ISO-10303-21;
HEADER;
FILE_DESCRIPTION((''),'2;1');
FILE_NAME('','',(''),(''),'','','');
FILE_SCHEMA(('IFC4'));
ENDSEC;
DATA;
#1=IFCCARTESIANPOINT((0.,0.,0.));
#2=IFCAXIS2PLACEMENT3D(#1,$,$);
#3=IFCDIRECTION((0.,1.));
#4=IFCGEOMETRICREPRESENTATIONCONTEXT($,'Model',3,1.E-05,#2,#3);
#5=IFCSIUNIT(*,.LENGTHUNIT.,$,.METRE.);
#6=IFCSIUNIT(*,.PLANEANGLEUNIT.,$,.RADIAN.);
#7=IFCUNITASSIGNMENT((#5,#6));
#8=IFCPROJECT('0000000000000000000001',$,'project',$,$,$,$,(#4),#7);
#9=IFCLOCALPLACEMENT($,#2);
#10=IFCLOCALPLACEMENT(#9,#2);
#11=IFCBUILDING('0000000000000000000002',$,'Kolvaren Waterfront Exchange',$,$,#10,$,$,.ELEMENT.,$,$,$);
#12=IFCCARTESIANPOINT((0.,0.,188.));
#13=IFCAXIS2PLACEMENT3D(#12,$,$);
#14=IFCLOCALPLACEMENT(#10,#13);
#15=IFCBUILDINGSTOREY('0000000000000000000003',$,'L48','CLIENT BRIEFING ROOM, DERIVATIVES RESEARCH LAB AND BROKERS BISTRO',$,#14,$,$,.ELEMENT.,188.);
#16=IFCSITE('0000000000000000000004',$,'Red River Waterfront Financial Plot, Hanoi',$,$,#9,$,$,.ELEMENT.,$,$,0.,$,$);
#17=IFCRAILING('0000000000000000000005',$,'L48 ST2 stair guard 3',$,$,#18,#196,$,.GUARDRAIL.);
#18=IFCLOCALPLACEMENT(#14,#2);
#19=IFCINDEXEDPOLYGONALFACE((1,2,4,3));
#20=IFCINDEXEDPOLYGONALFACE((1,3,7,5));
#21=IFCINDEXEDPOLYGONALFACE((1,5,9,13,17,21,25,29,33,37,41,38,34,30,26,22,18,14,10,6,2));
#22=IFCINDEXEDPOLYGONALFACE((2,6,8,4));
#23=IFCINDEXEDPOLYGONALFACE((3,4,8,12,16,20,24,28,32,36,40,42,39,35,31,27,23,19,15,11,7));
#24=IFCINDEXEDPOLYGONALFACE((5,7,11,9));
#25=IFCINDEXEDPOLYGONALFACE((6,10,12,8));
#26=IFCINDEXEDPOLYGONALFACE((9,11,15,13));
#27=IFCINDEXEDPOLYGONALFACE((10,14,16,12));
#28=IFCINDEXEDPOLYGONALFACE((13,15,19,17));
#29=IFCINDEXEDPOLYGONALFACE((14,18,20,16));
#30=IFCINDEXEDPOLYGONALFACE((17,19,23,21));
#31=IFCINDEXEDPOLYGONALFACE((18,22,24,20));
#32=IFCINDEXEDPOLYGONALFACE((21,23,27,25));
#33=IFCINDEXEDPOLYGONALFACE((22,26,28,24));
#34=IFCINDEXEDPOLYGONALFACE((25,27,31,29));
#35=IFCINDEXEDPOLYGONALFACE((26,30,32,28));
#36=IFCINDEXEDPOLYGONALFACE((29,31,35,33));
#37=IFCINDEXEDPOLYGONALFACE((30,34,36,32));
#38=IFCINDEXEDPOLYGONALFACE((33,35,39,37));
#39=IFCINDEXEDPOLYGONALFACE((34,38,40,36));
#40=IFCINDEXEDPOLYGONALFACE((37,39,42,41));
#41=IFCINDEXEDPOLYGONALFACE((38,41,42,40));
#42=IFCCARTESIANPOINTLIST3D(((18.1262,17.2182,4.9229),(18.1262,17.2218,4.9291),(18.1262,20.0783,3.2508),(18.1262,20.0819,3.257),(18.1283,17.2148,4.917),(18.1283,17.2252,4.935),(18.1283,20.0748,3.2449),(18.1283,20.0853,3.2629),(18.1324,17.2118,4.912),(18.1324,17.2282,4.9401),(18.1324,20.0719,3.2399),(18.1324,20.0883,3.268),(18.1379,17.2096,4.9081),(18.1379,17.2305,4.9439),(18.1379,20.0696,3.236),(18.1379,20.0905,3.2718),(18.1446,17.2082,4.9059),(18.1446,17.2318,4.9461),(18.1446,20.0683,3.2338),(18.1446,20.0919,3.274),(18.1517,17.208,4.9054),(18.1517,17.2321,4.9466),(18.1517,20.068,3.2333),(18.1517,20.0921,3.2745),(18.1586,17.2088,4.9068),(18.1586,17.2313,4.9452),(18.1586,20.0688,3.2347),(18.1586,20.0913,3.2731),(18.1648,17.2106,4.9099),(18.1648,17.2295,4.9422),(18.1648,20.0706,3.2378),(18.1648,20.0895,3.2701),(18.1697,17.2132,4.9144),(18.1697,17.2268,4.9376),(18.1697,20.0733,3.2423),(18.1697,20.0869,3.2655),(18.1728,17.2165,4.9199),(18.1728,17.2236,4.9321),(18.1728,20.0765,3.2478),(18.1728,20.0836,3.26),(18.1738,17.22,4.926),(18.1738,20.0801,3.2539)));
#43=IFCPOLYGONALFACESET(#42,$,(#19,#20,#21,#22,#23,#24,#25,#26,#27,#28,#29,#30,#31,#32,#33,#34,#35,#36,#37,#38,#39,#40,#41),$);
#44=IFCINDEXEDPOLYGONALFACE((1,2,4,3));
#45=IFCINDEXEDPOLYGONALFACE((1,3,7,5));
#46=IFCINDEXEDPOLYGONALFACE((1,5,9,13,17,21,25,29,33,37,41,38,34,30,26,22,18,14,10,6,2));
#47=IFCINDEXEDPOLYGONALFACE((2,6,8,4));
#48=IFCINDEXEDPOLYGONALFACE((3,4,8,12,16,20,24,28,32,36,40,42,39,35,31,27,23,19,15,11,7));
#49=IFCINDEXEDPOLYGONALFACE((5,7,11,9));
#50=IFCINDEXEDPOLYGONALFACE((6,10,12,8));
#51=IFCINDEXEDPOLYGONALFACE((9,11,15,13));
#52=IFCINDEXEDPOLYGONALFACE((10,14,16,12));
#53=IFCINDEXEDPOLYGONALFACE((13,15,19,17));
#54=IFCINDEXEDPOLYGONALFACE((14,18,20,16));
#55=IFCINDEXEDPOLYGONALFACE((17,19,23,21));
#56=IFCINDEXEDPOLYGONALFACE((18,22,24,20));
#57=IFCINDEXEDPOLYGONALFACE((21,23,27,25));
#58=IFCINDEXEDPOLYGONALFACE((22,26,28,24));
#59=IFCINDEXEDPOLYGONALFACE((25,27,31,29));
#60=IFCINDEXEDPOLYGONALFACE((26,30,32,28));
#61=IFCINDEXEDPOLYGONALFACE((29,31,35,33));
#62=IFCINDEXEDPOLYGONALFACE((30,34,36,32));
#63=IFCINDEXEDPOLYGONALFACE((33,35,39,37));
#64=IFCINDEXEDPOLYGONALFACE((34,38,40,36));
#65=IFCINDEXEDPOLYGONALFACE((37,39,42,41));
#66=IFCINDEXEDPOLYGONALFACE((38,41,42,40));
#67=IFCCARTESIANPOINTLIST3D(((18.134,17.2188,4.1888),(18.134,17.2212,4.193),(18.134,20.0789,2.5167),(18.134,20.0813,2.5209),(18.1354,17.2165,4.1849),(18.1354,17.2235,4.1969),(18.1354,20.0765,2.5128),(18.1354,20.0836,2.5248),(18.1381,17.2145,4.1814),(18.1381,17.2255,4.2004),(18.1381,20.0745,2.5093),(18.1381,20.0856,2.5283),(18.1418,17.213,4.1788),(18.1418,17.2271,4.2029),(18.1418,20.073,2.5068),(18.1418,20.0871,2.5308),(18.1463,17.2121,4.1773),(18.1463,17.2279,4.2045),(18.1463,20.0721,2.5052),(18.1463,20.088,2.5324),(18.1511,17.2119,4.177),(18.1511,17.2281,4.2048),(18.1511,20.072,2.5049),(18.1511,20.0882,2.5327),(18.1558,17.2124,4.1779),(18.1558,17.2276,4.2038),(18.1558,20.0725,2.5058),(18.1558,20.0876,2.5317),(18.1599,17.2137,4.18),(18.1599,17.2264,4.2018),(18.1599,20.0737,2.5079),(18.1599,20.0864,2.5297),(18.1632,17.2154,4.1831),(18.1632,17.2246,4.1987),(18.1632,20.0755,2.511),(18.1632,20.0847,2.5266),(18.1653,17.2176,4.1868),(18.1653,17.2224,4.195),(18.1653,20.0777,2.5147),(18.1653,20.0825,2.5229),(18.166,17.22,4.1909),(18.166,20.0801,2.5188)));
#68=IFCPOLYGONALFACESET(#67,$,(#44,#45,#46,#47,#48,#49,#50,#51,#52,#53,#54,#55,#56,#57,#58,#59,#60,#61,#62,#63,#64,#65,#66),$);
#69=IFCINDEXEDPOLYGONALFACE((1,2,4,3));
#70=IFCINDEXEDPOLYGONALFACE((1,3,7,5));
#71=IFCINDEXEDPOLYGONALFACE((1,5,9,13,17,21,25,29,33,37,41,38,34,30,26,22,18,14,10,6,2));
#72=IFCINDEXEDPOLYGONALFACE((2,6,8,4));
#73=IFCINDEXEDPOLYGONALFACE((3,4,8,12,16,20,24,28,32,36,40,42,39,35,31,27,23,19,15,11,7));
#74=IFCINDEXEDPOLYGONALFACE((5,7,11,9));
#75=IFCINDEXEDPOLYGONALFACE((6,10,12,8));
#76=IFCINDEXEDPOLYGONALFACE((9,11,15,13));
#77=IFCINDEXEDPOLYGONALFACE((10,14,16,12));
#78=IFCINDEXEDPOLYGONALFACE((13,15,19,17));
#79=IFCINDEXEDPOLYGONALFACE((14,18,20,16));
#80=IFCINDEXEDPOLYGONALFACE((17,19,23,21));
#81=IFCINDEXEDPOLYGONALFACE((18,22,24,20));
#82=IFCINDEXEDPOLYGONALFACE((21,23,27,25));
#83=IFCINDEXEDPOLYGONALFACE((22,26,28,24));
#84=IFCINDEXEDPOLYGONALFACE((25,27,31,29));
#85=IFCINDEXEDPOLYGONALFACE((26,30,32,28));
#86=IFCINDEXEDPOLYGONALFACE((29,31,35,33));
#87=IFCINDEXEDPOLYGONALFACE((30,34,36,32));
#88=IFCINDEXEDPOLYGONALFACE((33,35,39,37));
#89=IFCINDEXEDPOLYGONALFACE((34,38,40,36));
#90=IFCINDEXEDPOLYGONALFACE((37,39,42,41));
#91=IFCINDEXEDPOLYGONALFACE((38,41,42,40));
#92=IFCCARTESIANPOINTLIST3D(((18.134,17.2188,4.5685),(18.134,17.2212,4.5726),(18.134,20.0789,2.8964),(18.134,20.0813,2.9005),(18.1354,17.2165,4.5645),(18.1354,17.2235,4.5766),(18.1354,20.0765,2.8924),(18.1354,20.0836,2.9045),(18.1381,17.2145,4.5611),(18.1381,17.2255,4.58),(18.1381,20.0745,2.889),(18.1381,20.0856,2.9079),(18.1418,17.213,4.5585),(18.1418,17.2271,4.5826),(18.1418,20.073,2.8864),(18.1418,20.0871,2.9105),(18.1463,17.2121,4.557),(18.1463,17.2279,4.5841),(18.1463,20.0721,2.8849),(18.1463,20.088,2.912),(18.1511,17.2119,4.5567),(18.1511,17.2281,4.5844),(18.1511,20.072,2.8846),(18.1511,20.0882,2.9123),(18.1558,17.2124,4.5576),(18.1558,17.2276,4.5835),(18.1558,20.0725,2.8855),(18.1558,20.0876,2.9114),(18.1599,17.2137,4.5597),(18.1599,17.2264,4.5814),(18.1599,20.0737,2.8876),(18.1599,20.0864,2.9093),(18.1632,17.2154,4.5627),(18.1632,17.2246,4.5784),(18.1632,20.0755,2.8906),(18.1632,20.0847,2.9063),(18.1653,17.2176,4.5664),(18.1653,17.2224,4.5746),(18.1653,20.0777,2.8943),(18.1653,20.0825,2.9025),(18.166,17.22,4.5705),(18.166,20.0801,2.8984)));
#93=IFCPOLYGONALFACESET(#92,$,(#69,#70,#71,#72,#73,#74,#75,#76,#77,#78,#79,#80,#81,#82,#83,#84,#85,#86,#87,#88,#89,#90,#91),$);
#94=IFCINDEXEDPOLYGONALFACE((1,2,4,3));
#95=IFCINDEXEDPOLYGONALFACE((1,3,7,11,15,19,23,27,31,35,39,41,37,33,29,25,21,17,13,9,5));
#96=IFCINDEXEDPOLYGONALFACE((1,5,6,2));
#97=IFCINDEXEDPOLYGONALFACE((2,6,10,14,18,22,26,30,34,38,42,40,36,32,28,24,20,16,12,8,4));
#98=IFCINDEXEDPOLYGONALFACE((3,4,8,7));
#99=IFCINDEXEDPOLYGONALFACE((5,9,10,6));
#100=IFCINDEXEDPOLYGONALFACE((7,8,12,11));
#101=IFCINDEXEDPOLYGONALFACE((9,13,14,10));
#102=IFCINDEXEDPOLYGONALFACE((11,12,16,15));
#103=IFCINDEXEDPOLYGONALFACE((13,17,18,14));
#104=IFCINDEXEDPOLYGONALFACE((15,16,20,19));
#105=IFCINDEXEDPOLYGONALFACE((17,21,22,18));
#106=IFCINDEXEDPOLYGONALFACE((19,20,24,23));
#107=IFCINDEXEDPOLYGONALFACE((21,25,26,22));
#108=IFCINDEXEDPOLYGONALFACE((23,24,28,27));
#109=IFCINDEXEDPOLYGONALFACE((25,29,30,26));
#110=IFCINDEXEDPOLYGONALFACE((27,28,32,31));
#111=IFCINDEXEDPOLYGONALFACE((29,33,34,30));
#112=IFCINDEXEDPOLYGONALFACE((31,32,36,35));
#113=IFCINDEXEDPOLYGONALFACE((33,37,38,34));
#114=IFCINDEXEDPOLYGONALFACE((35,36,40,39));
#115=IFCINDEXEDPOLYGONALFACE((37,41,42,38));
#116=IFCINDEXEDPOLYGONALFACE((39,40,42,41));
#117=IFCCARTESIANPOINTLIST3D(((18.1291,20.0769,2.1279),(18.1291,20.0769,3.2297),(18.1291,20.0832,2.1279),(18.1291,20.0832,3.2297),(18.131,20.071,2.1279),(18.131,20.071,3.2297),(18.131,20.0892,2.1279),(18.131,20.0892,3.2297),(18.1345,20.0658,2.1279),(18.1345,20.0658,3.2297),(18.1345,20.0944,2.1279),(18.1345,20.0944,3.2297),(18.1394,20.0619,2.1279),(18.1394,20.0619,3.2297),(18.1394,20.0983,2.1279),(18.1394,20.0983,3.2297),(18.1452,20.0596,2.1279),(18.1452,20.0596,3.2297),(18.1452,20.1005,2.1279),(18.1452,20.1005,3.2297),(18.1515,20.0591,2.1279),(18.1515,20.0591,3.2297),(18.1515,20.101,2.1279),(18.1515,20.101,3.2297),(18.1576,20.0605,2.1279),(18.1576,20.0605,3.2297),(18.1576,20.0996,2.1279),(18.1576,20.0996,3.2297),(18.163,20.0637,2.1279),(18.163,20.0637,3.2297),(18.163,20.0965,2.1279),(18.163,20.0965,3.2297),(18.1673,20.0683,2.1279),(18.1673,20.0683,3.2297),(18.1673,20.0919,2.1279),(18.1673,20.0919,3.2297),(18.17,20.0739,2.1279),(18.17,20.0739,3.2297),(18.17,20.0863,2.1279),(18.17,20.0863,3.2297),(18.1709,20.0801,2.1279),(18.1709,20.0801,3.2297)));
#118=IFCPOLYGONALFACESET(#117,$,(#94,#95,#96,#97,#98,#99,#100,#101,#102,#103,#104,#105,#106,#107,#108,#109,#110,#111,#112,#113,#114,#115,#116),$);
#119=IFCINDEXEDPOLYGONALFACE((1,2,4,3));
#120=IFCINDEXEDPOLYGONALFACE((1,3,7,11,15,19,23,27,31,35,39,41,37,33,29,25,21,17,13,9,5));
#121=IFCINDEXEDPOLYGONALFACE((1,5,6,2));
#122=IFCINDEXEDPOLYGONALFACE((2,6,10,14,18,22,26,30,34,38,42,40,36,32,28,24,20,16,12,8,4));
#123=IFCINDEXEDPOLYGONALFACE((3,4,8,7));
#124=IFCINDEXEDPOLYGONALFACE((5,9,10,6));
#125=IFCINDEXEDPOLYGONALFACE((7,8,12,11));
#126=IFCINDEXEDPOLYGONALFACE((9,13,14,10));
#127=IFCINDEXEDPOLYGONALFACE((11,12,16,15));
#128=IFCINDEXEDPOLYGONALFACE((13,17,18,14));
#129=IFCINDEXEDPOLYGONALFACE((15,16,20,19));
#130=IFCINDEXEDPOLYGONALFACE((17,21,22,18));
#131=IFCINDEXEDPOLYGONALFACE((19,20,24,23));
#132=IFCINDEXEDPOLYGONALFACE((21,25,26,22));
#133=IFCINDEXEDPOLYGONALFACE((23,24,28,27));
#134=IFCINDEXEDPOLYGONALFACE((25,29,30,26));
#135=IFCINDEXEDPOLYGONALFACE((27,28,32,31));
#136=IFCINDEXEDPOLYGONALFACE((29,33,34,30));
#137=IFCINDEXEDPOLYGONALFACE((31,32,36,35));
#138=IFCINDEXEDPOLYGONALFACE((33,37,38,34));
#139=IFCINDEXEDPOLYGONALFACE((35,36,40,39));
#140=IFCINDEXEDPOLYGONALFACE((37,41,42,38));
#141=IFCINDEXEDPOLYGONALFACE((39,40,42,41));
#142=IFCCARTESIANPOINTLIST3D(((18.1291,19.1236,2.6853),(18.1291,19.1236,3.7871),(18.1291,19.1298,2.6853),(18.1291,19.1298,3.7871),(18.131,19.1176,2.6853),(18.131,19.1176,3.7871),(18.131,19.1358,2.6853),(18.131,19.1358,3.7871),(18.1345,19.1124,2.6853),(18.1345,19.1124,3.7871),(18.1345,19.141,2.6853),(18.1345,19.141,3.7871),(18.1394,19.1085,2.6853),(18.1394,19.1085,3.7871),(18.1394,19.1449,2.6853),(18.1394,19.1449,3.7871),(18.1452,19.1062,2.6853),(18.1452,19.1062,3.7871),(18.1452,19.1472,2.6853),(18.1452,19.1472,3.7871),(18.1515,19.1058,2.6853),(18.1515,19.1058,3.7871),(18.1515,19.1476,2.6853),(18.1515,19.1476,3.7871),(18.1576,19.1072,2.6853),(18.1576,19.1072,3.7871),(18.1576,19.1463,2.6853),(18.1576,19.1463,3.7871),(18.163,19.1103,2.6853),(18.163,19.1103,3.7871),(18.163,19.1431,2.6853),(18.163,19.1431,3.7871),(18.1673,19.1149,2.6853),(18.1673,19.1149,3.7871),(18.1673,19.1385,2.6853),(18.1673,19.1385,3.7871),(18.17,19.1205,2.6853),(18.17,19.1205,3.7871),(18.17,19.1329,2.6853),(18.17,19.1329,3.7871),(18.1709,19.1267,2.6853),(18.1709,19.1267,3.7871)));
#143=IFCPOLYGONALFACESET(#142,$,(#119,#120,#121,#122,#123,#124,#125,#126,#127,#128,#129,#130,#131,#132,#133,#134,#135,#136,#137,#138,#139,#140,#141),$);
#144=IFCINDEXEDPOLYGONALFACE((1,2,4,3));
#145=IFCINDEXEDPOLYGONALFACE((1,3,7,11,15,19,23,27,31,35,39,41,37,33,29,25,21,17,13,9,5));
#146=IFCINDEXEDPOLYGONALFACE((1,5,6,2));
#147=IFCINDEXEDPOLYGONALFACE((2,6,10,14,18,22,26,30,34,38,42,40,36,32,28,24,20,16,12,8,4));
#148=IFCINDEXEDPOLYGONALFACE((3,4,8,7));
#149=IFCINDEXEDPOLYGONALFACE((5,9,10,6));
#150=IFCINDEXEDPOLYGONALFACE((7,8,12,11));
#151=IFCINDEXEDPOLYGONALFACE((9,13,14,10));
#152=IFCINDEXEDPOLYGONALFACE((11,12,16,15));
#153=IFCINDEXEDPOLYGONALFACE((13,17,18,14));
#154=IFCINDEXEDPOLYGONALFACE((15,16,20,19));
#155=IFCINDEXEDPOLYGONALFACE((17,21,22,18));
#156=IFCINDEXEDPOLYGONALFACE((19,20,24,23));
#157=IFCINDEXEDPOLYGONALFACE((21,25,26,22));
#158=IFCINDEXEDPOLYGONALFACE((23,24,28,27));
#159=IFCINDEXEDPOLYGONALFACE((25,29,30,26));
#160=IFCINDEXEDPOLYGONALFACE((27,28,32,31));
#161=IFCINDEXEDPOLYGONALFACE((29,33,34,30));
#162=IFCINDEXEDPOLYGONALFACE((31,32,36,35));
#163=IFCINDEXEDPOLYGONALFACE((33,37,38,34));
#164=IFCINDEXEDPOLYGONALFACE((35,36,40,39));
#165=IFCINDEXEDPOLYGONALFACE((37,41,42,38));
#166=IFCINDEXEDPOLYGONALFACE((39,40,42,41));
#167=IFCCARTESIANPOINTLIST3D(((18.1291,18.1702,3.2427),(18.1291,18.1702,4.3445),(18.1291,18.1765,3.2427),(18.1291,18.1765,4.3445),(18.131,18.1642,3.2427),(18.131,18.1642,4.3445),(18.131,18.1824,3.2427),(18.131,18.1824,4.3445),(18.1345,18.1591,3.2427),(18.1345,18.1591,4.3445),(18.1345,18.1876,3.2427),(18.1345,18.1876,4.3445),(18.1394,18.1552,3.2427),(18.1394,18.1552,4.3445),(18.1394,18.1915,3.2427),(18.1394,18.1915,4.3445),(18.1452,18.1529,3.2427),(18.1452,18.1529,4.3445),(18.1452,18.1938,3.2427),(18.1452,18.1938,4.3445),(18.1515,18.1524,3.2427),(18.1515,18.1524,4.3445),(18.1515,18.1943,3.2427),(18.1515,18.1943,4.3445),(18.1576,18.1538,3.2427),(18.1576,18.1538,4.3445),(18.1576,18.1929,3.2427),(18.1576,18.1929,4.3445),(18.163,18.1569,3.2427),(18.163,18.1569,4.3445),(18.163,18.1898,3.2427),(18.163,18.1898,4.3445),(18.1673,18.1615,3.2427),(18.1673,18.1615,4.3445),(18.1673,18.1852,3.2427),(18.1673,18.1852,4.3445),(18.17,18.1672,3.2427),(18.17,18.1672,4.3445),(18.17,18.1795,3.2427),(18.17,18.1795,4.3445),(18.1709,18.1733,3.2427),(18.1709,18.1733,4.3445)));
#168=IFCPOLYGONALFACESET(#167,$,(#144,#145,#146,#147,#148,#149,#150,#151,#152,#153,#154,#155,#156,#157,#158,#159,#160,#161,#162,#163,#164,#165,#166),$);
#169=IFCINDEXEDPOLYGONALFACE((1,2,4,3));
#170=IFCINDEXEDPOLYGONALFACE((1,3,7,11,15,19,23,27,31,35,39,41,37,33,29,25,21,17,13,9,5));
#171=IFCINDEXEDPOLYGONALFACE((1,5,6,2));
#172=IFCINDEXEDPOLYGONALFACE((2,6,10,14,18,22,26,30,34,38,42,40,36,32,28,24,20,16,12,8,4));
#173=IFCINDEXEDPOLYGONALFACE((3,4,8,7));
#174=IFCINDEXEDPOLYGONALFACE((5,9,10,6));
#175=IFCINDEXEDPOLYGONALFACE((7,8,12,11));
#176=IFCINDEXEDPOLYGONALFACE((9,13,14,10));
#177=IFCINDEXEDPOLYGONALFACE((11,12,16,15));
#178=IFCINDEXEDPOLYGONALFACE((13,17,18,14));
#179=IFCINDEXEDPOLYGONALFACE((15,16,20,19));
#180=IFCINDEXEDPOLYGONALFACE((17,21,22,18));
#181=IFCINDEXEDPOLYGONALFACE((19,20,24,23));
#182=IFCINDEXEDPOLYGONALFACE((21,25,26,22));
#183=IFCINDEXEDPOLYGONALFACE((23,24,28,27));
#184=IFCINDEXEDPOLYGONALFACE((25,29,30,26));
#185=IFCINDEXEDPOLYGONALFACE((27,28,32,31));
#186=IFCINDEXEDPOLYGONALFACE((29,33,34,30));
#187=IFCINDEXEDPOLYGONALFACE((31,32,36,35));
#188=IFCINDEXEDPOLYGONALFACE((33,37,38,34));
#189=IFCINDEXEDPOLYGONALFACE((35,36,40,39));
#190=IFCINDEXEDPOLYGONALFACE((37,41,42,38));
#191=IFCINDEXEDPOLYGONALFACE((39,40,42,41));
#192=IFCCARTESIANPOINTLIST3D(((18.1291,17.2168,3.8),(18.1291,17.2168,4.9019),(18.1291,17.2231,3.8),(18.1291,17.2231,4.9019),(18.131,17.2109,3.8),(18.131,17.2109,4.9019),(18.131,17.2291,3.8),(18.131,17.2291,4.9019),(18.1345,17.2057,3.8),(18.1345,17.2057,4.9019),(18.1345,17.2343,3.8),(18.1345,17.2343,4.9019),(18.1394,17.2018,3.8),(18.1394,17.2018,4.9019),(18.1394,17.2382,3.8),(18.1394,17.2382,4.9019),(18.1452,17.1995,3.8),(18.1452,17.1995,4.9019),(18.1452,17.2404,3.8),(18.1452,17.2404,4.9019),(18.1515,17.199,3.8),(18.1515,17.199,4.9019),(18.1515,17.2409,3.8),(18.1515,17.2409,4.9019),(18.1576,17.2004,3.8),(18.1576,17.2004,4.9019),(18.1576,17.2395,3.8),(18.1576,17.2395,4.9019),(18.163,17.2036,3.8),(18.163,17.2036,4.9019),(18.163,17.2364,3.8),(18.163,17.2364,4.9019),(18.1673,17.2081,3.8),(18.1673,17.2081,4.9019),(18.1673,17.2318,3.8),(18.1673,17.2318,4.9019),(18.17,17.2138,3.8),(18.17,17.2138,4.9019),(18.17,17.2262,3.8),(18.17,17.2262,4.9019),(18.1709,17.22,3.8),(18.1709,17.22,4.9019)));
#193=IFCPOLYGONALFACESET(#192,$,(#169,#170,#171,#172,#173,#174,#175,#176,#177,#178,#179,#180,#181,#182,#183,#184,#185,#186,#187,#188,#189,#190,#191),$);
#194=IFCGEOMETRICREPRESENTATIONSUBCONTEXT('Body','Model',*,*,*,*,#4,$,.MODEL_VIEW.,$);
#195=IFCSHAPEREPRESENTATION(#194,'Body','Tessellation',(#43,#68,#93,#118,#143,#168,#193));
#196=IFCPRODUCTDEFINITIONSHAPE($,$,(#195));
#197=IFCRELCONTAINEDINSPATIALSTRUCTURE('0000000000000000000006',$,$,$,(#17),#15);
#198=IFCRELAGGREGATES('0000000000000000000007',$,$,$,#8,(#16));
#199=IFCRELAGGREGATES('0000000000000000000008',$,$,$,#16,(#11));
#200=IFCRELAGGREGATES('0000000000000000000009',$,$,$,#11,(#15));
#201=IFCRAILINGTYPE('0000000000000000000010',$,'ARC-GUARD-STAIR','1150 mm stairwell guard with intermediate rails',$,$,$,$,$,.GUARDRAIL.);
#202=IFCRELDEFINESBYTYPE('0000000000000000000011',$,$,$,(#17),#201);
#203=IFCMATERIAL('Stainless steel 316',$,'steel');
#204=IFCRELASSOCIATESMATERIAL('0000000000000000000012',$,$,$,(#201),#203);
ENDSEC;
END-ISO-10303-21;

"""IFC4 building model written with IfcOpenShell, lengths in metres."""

from ifc_helpers import new_model, si_unit, direction, frame, origin, origin_2d, place, context, subcontext, project, spatial, circle, extrude, material, type_object, element, save


model = new_model("IFC4")

# Units and contexts
model_context = context("Model", 3, precision=1e-05, world=origin(), true_north=direction((0.0, 1.0)))
body_context = subcontext(model_context, "Body", "Model", "MODEL_VIEW")
ifc_project = project(units=[si_unit("LENGTHUNIT", "METRE"), si_unit("PLANEANGLEUNIT", "RADIAN")], contexts=[model_context])

# Site, building, storey
site_placement = place(None, origin())
site = spatial("IfcSite", under=ifc_project, at=site_placement, Name="Red River Waterfront Financial Plot, Hanoi", CompositionType="ELEMENT", RefElevation=0.0)
building_placement = place(site_placement, origin())
building = spatial("IfcBuilding", under=site, at=building_placement, Name="Kolvaren Waterfront Exchange", CompositionType="ELEMENT")
storey_placement = place(building_placement, frame((0.0, 0.0, 188.0)))
storey = spatial("IfcBuildingStorey", under=building, at=storey_placement, Name="L48", Description="CLIENT BRIEFING ROOM, DERIVATIVES RESEARCH LAB AND BROKERS BISTRO", CompositionType="ELEMENT", Elevation=188.0)

# Railing
ifc_material_1 = material(Name="Stainless steel 316", Category="steel")
railing_type_1 = type_object("IfcRailingType", Name="ARC-GUARD-STAIR", Description="1150 mm stairwell guard with intermediate rails", PredefinedType="GUARDRAIL", material=ifc_material_1)
railing_1_placement = place(storey_placement, frame((18.1499, 20.0801, 2.1279)))
element("IfcRailing", 1, at=railing_1_placement, inside=storey, type_object=railing_type_1, Name="L48 ST2 stair guard 3", PredefinedType="GUARDRAIL", context=body_context, shape_type="SweptSolid", body=[
    extrude(circle(Radius=0.0239, at=origin_2d()), frame((0.0, 0.0, 1.126), z_axis=(0.0, -0.863289, 0.504709), x_axis=(1.0, 0.0, 0.0)), (0.0, 0.0, 1.0), 3.313),
    extrude(circle(Radius=0.0161, at=origin_2d()), frame((0.0, 0.0, 0.3909), z_axis=(0.0, -0.863289, 0.504709), x_axis=(1.0, 0.0, 0.0)), (0.0, 0.0, 1.0), 3.313),
    extrude(circle(Radius=0.0161, at=origin_2d()), frame((0.0, 0.0, 0.7705), z_axis=(0.0, -0.863289, 0.504709), x_axis=(1.0, 0.0, 0.0)), (0.0, 0.0, 1.0), 3.313),
    extrude(circle(Radius=0.021, at=origin_2d()), origin(), (0.0, 0.0, 1.0), 1.1018),
    extrude(circle(Radius=0.021, at=origin_2d()), frame((0.0, -0.9534, 0.5574)), (0.0, 0.0, 1.0), 1.1018),
    extrude(circle(Radius=0.021, at=origin_2d()), frame((0.0, -1.9067, 1.1147)), (0.0, 0.0, 1.0), 1.1018),
    extrude(circle(Radius=0.021, at=origin_2d()), frame((0.0, -2.8601, 1.6721)), (0.0, 0.0, 1.0), 1.1018),
])

save(model, "model.ifc")
